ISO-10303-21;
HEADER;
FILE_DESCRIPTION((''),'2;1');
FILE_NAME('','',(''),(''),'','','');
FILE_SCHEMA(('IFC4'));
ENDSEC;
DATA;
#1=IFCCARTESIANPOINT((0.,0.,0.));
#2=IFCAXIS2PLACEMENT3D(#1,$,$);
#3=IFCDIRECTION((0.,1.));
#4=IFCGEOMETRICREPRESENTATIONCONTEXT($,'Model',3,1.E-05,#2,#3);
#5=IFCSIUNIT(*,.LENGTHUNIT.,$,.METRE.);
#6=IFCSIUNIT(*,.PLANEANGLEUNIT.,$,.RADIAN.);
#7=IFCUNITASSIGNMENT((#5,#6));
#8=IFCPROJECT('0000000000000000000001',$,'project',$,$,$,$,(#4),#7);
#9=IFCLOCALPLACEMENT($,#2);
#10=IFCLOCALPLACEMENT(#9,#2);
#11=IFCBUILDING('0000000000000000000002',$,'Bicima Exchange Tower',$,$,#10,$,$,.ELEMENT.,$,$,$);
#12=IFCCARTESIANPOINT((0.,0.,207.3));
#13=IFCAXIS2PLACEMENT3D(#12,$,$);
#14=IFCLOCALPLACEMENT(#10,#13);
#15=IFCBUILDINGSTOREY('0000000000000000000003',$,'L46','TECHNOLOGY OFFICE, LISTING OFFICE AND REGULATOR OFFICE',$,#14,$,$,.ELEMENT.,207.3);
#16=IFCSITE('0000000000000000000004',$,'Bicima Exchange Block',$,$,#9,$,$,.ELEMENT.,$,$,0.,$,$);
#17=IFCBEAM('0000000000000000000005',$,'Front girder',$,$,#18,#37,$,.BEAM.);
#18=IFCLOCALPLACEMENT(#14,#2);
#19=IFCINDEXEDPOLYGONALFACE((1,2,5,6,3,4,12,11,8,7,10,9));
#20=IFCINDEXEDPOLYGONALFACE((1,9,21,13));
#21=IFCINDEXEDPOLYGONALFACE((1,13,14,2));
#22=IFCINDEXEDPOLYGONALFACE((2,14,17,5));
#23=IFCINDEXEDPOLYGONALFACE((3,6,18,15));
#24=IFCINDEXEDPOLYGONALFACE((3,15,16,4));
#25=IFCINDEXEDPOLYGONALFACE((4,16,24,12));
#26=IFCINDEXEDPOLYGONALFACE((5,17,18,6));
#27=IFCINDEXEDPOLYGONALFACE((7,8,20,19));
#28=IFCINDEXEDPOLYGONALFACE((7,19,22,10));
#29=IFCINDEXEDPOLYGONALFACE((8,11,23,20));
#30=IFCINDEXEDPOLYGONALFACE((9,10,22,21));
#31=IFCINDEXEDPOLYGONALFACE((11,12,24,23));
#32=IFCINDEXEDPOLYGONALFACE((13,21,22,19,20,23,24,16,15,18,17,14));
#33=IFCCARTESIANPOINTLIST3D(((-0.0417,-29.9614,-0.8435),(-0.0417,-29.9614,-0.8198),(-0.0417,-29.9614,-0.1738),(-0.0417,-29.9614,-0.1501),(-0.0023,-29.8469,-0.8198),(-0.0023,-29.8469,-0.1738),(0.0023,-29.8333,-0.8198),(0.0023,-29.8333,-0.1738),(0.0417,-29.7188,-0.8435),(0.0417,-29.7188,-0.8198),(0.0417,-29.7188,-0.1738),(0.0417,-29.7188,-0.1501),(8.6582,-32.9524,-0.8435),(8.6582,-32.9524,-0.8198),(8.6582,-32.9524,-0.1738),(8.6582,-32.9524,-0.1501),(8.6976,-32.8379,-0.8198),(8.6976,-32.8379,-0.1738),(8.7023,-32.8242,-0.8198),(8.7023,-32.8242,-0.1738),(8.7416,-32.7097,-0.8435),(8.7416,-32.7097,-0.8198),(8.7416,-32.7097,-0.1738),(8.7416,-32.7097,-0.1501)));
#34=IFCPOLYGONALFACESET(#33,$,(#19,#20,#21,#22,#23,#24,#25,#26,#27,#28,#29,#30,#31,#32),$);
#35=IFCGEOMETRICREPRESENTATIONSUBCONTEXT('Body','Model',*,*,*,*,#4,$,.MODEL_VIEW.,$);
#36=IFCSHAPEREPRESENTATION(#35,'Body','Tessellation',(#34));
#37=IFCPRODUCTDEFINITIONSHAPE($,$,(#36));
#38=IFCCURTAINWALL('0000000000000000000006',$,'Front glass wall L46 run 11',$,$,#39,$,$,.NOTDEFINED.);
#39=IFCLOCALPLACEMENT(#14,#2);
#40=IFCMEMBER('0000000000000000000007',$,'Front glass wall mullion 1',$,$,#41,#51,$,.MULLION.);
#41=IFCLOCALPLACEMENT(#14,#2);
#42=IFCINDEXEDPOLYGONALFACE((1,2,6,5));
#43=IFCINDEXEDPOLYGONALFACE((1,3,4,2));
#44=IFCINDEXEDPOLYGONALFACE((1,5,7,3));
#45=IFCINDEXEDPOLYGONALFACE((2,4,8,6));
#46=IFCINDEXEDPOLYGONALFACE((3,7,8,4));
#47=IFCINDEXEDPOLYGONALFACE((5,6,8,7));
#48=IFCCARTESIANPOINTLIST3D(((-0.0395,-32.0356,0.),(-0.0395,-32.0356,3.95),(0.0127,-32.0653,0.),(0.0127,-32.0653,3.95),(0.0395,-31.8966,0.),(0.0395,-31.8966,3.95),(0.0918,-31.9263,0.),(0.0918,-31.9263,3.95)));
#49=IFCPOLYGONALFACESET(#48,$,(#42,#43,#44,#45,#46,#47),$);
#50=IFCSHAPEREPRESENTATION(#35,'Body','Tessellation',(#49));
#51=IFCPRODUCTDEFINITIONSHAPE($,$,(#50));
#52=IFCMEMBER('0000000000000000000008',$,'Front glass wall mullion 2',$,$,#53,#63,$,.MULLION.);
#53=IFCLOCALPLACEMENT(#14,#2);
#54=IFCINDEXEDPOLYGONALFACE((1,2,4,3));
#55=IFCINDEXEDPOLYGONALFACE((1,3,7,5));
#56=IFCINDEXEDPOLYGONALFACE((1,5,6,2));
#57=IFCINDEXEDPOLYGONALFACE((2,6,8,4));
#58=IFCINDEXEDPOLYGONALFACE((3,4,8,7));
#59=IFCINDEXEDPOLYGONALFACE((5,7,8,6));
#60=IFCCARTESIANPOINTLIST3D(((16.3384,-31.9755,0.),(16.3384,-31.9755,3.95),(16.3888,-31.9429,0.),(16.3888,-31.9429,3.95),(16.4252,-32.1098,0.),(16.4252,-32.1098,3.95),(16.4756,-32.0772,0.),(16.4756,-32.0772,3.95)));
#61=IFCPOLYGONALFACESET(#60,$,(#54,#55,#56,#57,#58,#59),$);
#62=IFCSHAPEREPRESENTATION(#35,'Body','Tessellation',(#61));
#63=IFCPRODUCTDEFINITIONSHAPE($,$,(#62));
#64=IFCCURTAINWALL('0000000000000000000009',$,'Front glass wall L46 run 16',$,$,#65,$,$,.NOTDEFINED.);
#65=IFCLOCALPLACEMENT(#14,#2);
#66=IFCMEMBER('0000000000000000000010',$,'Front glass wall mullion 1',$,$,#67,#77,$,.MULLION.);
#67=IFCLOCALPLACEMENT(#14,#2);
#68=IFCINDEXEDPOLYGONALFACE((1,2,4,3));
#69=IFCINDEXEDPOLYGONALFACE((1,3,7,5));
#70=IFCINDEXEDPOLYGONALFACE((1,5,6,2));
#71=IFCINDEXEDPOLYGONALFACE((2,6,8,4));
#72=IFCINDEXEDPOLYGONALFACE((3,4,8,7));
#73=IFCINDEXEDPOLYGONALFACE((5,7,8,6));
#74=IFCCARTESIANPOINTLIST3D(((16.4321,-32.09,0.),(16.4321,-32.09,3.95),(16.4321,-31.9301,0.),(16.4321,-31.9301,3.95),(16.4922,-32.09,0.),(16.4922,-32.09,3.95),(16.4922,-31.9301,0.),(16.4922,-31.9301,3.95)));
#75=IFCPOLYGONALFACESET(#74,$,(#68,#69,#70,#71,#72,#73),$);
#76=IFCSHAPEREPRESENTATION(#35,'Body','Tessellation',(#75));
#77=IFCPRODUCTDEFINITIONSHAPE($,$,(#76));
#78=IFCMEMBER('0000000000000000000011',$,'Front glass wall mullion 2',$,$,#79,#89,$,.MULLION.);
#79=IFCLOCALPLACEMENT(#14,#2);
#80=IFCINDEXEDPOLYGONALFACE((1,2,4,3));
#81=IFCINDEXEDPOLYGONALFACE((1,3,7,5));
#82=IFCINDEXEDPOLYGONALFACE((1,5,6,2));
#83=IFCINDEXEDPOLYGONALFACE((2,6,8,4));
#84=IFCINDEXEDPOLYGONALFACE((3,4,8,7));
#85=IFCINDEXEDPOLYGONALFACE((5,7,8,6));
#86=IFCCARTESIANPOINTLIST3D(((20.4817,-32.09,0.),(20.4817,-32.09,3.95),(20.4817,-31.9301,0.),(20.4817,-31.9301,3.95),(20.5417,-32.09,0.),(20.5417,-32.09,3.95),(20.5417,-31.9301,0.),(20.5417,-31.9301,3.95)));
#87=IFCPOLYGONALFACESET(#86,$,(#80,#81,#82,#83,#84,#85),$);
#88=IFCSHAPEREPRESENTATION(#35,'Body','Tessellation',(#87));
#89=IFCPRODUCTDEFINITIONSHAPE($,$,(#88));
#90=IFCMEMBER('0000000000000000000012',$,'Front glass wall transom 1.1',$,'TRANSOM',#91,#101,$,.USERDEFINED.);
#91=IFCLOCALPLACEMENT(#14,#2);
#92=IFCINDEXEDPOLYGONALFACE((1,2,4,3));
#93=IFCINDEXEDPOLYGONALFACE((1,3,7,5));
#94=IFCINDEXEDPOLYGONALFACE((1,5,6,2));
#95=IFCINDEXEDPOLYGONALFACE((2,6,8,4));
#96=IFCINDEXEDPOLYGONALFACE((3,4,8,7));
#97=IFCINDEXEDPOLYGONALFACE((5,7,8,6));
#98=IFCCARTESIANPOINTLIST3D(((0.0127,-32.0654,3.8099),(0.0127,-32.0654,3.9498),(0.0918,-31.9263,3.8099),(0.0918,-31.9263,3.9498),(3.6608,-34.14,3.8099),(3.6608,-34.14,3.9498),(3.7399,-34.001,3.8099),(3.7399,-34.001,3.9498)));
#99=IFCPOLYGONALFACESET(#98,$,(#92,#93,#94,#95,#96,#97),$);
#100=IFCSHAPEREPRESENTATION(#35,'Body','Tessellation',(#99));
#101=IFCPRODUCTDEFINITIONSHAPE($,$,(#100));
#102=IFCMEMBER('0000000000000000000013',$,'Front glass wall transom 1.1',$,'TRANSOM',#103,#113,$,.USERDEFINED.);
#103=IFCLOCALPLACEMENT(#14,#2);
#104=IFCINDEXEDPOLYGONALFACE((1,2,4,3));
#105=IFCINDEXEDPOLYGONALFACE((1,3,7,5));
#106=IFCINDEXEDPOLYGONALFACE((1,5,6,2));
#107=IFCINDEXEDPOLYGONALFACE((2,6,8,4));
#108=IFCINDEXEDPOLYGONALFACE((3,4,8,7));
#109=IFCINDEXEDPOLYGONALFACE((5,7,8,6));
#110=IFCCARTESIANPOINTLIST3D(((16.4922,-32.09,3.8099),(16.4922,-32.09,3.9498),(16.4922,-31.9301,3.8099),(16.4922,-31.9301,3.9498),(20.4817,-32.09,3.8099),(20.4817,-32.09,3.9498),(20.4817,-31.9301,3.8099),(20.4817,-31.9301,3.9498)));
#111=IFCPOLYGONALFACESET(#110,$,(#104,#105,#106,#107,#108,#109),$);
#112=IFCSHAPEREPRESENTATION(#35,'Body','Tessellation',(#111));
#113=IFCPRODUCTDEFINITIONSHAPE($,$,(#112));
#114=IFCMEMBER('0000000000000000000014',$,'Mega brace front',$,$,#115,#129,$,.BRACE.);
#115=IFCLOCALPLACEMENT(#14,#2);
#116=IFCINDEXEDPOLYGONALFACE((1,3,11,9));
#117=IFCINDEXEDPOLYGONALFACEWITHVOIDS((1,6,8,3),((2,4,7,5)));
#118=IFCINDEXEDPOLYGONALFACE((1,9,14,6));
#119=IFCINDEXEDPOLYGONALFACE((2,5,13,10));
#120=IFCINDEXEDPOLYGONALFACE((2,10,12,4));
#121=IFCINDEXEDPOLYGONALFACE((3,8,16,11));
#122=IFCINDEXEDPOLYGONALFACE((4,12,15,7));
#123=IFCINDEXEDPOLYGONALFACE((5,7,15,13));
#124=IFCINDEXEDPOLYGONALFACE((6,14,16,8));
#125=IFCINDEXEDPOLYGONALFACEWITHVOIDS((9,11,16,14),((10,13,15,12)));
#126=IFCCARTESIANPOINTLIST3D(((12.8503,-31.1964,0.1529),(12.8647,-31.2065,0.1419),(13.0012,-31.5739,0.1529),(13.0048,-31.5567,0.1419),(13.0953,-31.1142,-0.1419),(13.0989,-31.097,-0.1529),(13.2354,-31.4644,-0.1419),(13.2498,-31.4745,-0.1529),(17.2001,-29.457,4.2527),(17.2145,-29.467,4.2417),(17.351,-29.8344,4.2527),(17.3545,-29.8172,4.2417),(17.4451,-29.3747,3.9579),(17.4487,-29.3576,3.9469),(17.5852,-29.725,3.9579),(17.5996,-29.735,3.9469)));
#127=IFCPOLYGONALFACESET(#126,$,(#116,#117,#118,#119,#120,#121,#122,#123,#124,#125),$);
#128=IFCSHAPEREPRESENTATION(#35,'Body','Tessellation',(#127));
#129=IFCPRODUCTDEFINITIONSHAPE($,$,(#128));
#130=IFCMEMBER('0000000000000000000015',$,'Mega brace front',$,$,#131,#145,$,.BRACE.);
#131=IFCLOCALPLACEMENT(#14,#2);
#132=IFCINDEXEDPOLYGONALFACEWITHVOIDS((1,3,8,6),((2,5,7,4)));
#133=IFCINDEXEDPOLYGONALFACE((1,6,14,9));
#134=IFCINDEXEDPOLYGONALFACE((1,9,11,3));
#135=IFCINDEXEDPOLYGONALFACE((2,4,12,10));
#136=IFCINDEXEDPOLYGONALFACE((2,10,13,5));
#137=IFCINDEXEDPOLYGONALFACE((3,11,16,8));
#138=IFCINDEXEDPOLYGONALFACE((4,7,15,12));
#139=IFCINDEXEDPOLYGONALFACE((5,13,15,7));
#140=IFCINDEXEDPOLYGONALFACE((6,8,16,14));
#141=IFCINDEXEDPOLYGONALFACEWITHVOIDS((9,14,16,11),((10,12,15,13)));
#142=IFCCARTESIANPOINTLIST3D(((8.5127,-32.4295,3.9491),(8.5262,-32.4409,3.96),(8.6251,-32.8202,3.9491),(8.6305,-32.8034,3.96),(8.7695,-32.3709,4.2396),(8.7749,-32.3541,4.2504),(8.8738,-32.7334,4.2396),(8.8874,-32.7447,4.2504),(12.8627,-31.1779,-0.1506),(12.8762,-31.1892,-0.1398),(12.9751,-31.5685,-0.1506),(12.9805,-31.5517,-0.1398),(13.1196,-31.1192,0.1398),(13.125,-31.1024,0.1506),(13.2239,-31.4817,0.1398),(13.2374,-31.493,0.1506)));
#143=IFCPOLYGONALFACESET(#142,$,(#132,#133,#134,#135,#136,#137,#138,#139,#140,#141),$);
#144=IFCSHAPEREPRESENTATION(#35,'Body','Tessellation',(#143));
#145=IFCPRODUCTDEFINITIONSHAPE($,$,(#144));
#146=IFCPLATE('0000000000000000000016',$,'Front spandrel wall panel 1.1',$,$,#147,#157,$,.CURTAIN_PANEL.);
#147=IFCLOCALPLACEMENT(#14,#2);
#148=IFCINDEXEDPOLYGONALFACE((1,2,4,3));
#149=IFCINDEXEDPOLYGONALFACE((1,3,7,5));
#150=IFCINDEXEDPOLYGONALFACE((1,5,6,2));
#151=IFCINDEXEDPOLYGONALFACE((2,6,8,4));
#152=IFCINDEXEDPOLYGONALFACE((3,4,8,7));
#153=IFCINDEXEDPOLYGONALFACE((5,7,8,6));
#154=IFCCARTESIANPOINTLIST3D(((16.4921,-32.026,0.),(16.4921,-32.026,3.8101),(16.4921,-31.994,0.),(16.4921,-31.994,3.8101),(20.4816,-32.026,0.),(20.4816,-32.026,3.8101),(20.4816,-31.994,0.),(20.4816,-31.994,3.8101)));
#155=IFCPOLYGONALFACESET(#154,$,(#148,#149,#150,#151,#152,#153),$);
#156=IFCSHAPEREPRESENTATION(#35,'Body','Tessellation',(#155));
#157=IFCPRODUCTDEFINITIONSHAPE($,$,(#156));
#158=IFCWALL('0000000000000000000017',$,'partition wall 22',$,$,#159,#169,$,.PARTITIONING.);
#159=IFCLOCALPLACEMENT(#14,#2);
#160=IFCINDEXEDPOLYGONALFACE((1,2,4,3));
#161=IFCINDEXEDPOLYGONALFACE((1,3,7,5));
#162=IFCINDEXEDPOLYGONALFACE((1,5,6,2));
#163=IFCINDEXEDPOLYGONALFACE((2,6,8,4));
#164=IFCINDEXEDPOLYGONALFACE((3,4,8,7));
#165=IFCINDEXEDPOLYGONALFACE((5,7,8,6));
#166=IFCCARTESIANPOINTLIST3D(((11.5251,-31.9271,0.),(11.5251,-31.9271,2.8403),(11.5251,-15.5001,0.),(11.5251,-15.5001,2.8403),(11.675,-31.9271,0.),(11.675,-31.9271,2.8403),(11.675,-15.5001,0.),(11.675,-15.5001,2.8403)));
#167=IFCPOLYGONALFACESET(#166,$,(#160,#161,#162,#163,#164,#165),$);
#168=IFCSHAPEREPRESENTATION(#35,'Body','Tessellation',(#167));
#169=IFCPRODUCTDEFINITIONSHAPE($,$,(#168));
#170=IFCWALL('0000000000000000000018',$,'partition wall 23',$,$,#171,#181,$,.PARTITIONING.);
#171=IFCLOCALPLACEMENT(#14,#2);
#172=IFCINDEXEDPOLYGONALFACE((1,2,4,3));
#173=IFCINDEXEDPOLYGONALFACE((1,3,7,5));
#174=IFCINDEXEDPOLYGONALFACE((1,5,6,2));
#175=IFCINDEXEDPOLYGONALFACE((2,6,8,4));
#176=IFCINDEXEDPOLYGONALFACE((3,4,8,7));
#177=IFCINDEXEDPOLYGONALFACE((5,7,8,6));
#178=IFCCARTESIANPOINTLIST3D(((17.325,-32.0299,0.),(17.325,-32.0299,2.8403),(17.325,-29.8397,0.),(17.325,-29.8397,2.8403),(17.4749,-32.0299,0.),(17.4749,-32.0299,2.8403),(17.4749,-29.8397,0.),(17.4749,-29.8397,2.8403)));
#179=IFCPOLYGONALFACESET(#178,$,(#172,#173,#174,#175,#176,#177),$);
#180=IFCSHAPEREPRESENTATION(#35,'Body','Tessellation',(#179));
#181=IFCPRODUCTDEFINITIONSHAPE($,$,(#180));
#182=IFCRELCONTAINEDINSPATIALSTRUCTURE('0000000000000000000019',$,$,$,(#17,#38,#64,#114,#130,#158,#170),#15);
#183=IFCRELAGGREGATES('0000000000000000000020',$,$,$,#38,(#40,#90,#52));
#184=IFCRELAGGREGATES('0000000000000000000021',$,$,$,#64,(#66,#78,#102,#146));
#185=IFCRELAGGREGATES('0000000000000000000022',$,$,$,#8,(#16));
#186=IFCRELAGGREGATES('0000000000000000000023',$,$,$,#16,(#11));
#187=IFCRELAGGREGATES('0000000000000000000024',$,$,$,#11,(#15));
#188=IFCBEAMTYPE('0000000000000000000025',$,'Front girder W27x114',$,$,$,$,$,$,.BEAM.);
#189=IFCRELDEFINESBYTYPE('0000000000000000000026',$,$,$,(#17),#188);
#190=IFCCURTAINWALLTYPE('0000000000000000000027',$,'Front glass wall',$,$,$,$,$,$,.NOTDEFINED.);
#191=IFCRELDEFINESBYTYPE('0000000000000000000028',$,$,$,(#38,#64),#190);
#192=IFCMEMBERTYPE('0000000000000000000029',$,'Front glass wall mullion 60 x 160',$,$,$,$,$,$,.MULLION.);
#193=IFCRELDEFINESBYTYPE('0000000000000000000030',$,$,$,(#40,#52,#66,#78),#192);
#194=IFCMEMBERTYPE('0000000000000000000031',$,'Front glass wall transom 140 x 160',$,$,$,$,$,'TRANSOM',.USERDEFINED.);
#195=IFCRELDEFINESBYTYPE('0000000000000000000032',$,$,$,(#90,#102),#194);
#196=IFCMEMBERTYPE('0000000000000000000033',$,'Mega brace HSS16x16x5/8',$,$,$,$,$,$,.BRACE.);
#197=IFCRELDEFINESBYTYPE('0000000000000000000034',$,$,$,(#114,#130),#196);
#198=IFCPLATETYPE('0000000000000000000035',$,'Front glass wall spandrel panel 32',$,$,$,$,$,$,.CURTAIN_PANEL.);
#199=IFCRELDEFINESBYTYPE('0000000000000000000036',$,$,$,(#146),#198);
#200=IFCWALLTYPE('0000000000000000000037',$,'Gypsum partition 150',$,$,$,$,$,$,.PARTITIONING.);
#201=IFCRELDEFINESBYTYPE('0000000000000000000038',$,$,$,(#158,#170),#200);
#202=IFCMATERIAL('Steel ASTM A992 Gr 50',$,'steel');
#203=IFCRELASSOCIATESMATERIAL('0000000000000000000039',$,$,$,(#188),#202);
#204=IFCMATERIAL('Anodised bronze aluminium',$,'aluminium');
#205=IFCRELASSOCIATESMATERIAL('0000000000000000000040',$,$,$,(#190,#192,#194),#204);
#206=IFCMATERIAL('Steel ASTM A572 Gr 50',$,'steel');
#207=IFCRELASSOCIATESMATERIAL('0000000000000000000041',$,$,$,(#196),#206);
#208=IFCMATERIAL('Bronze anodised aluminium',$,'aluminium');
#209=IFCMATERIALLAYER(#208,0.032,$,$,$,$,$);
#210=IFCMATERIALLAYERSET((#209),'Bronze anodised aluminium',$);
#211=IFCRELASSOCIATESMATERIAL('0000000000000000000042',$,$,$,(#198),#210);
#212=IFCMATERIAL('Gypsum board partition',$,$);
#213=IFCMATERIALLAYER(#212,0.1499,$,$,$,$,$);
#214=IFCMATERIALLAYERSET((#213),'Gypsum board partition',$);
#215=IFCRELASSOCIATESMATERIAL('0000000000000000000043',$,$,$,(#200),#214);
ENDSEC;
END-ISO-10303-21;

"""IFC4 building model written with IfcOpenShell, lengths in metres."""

from ifc_helpers import new_model, si_unit, direction, frame, frame_2d, origin, origin_2d, place, context, subcontext, project, spatial, rectangle, hollow_rectangle, i_section, extrude, material, layer, layer_set, material_profile, profile_set, type_object, element, aggregate, save


model = new_model("IFC4")

# Units and contexts
model_context = context("Model", 3, precision=1e-05, world=origin(), true_north=direction((0.0, 1.0)))
body_context = subcontext(model_context, "Body", "Model", "MODEL_VIEW")
ifc_project = project(units=[si_unit("LENGTHUNIT", "METRE"), si_unit("PLANEANGLEUNIT", "RADIAN")], contexts=[model_context])

# Site, building, storey
site_placement = place(None, origin())
site = spatial("IfcSite", under=ifc_project, at=site_placement, Name="Bicima Exchange Block", CompositionType="ELEMENT", RefElevation=0.0)
building_placement = place(site_placement, origin())
building = spatial("IfcBuilding", under=site, at=building_placement, Name="Bicima Exchange Tower", CompositionType="ELEMENT")
storey_placement = place(building_placement, frame((0.0, 0.0, 207.3)))
storey = spatial("IfcBuildingStorey", under=building, at=storey_placement, Name="L46", Description="TECHNOLOGY OFFICE, LISTING OFFICE AND REGULATOR OFFICE", CompositionType="ELEMENT", Elevation=207.3)

# Shared definitions
ifc_material_1 = material(Name="Steel ASTM A992 Gr 50", Category="steel")

# Beam
ifc_material_profile_1 = material_profile(ifc_material_1, i_section(OverallWidth=0.2566, OverallDepth=0.6934, WebThickness=0.0144, FlangeThickness=0.0237, at=origin_2d()))
ifc_profile_set_1 = profile_set([ifc_material_profile_1], Name="Steel ASTM A992 Gr 50")
beam_type_1 = type_object("IfcBeamType", Name="Front girder W27x114", PredefinedType="BEAM", material=ifc_profile_set_1)
beam_1_placement = place(storey_placement, frame((0.0, -29.8401, -0.4968), z_axis=(0.945675, -0.325115, 0.0), x_axis=(0.325115, 0.945675, 0.0)))
element("IfcBeam", 1, at=beam_1_placement, inside=storey, type_object=beam_type_1, Name="Front girder", PredefinedType="BEAM", context=body_context, shape_type="SweptSolid", body=[
    extrude(i_section(OverallWidth=0.2566, OverallDepth=0.6934, WebThickness=0.0144, FlangeThickness=0.0237, at=origin_2d()), origin(), (0.0, 0.0, 1.0), 9.1997),
])

# Curtain walls, members
ifc_material_2 = material(Name="Anodised bronze aluminium", Category="aluminium")
curtain_wall_type = type_object("IfcCurtainWallType", Name="Front glass wall", PredefinedType="NOTDEFINED", material=ifc_material_2)
curtain_wall_1_placement = place(storey_placement, origin())
curtain_wall_1 = element("IfcCurtainWall", 2, at=curtain_wall_1_placement, inside=storey, type_object=curtain_wall_type, Name="Front glass wall L46 run 11", PredefinedType="NOTDEFINED")
ifc_material_profile_2 = material_profile(ifc_material_2, rectangle(XDim=0.1599, YDim=0.0601, at=origin_2d()))
ifc_profile_set_2 = profile_set([ifc_material_profile_2], Name="Anodised bronze aluminium")
member_type_1 = type_object("IfcMemberType", Name="Front glass wall mullion 60 x 160", PredefinedType="MULLION", material=ifc_profile_set_2)
member_1_placement = place(storey_placement, frame((0.0261, -31.981, 0.0), z_axis=(0.0, 0.0, 1.0), x_axis=(0.49433, 0.869274, 0.0)))
member_1 = element("IfcMember", 3, at=member_1_placement, type_object=member_type_1, Name="Front glass wall mullion 1", PredefinedType="MULLION", context=body_context, shape_type="SweptSolid", body=[
    extrude(rectangle(XDim=0.1599, YDim=0.0601, at=origin_2d()), origin(), (0.0, 0.0, 1.0), 3.95),
])
member_2_placement = place(storey_placement, frame((16.407, -32.0264, 0.0), z_axis=(0.0, 0.0, 1.0), x_axis=(-0.542909, 0.839791, 0.0)))
member_2 = element("IfcMember", 4, at=member_2_placement, type_object=member_type_1, Name="Front glass wall mullion 2", PredefinedType="MULLION", context=body_context, shape_type="SweptSolid", body=[
    extrude(rectangle(XDim=0.1599, YDim=0.0601, at=origin_2d()), origin(), (0.0, 0.0, 1.0), 3.95),
])
curtain_wall_2_placement = place(storey_placement, origin())
curtain_wall_2 = element("IfcCurtainWall", 5, at=curtain_wall_2_placement, inside=storey, type_object=curtain_wall_type, Name="Front glass wall L46 run 16", PredefinedType="NOTDEFINED")
member_3_placement = place(storey_placement, frame((16.4622, -32.01, 0.0), z_axis=(0.0, 0.0, 1.0), x_axis=(0.0, 1.0, 0.0)))
member_3 = element("IfcMember", 6, at=member_3_placement, type_object=member_type_1, Name="Front glass wall mullion 1", PredefinedType="MULLION", context=body_context, shape_type="SweptSolid", body=[
    extrude(rectangle(XDim=0.1599, YDim=0.0601, at=origin_2d()), origin(), (0.0, 0.0, 1.0), 3.95),
])
member_4_placement = place(storey_placement, frame((20.5117, -32.01, 0.0), z_axis=(0.0, 0.0, 1.0), x_axis=(0.0, 1.0, 0.0)))
member_4 = element("IfcMember", 7, at=member_4_placement, type_object=member_type_1, Name="Front glass wall mullion 2", PredefinedType="MULLION", context=body_context, shape_type="SweptSolid", body=[
    extrude(rectangle(XDim=0.1599, YDim=0.0601, at=origin_2d()), origin(), (0.0, 0.0, 1.0), 3.95),
])

# Members
ifc_material_profile_3 = material_profile(ifc_material_2, rectangle(XDim=0.1599, YDim=0.1399, at=origin_2d()))
ifc_profile_set_3 = profile_set([ifc_material_profile_3], Name="Anodised bronze aluminium")
member_type_2 = type_object("IfcMemberType", Name="Front glass wall transom 140 x 160", ElementType="TRANSOM", PredefinedType="USERDEFINED", material=ifc_profile_set_3)
member_5_placement = place(storey_placement, frame((0.0522, -31.9958, 3.8799), z_axis=(0.869265, -0.494346, 0.0), x_axis=(0.494346, 0.869265, 0.0)))
member_5 = element("IfcMember", 8, at=member_5_placement, type_object=member_type_2, Name="Front glass wall transom 1.1", ObjectType="TRANSOM", PredefinedType="USERDEFINED", context=body_context, shape_type="SweptSolid", body=[
    extrude(rectangle(XDim=0.1599, YDim=0.1399, at=origin_2d()), origin(), (0.0, 0.0, 1.0), 4.1968),
])
aggregate(curtain_wall_1, [member_1, member_5, member_2])
member_6_placement = place(storey_placement, frame((16.4922, -32.01, 3.8799), z_axis=(1.0, 0.0, 0.0), x_axis=(0.0, 1.0, 0.0)))
member_6 = element("IfcMember", 9, at=member_6_placement, type_object=member_type_2, Name="Front glass wall transom 1.1", ObjectType="TRANSOM", PredefinedType="USERDEFINED", context=body_context, shape_type="SweptSolid", body=[
    extrude(rectangle(XDim=0.1599, YDim=0.1399, at=origin_2d()), origin(), (0.0, 0.0, 1.0), 3.9895),
])

# Members
ifc_material_3 = material(Name="Steel ASTM A572 Gr 50", Category="steel")
ifc_material_profile_4 = material_profile(ifc_material_3, hollow_rectangle(XDim=0.4065, YDim=0.4065, WallThickness=0.0146, at=origin_2d()))
ifc_profile_set_4 = profile_set([ifc_material_profile_4], Name="Steel ASTM A572 Gr 50")
member_type_3 = type_object("IfcMemberType", Name="Mega brace HSS16x16x5/8", PredefinedType="BRACE", material=ifc_profile_set_4)
member_7_placement = place(storey_placement, frame((13.05, -31.3354, 0.0), z_axis=(0.698724, 0.279419, 0.658566), x_axis=(-0.37131, 0.928509, 0.0)))
element("IfcMember", 10, at=member_7_placement, inside=storey, type_object=member_type_3, Name="Mega brace front", PredefinedType="BRACE", context=body_context, shape_type="SweptSolid", body=[
    extrude(hollow_rectangle(XDim=0.4065, YDim=0.4065, WallThickness=0.0146, at=origin_2d()), origin(), (0.0, 0.0, 1.0), 6.2253),
])
member_8_placement = place(storey_placement, frame((13.05, -31.3354, 0.0), z_axis=(-0.71228, -0.204953, 0.671305), x_axis=(0.276523, -0.961007, 0.0)))
element("IfcMember", 11, at=member_8_placement, inside=storey, type_object=member_type_3, Name="Mega brace front", PredefinedType="BRACE", context=body_context, shape_type="SweptSolid", body=[
    extrude(hollow_rectangle(XDim=0.4065, YDim=0.4065, WallThickness=0.0146, at=origin_2d()), origin(), (0.0, 0.0, 1.0), 6.1072),
])

# Plate
ifc_material_4 = material(Name="Bronze anodised aluminium", Category="aluminium")
ifc_layer_1 = layer(ifc_material_4, 0.032)
ifc_layer_set_1 = layer_set([ifc_layer_1], Name="Bronze anodised aluminium")
plate_type = type_object("IfcPlateType", Name="Front glass wall spandrel panel 32", PredefinedType="CURTAIN_PANEL", material=ifc_layer_set_1)
plate_placement = place(storey_placement, frame((18.4868, -32.01, 0.0), z_axis=(0.0, 0.0, 1.0), x_axis=(1.0, 0.0, 0.0)))
plate = element("IfcPlate", 12, at=plate_placement, type_object=plate_type, Name="Front spandrel wall panel 1.1", PredefinedType="CURTAIN_PANEL", context=body_context, shape_type="SweptSolid", body=[
    extrude(rectangle(XDim=3.9895, YDim=0.032, at=origin_2d()), origin(), (0.0, 0.0, 1.0), 3.8101),
])
aggregate(curtain_wall_2, [member_3, member_4, member_6, plate])

# Walls
ifc_material_5 = material(Name="Gypsum board partition")
ifc_layer_2 = layer(ifc_material_5, 0.1499)
ifc_layer_set_2 = layer_set([ifc_layer_2], Name="Gypsum board partition")
wall_type = type_object("IfcWallType", Name="Gypsum partition 150", PredefinedType="PARTITIONING", material=ifc_layer_set_2)
wall_1_placement = place(storey_placement, frame((11.6001, -31.927, 0.0), z_axis=(0.0, 0.0, 1.0), x_axis=(0.0, 1.0, 0.0)))
element("IfcWall", 13, at=wall_1_placement, inside=storey, type_object=wall_type, Name="partition wall 22", PredefinedType="PARTITIONING", context=body_context, shape_type="SweptSolid", body=[
    extrude(rectangle(XDim=16.427, YDim=0.1499, at=frame_2d((8.2134, 0.0))), origin(), (0.0, 0.0, 1.0), 2.8403),
])
wall_2_placement = place(storey_placement, frame((17.3999, -32.03, 0.0), z_axis=(0.0, 0.0, 1.0), x_axis=(0.0, 1.0, 0.0)))
element("IfcWall", 14, at=wall_2_placement, inside=storey, type_object=wall_type, Name="partition wall 23", PredefinedType="PARTITIONING", context=body_context, shape_type="SweptSolid", body=[
    extrude(rectangle(XDim=2.1902, YDim=0.1499, at=frame_2d((1.0952, 0.0))), origin(), (0.0, 0.0, 1.0), 2.8403),
])

save(model, "model.ifc")
